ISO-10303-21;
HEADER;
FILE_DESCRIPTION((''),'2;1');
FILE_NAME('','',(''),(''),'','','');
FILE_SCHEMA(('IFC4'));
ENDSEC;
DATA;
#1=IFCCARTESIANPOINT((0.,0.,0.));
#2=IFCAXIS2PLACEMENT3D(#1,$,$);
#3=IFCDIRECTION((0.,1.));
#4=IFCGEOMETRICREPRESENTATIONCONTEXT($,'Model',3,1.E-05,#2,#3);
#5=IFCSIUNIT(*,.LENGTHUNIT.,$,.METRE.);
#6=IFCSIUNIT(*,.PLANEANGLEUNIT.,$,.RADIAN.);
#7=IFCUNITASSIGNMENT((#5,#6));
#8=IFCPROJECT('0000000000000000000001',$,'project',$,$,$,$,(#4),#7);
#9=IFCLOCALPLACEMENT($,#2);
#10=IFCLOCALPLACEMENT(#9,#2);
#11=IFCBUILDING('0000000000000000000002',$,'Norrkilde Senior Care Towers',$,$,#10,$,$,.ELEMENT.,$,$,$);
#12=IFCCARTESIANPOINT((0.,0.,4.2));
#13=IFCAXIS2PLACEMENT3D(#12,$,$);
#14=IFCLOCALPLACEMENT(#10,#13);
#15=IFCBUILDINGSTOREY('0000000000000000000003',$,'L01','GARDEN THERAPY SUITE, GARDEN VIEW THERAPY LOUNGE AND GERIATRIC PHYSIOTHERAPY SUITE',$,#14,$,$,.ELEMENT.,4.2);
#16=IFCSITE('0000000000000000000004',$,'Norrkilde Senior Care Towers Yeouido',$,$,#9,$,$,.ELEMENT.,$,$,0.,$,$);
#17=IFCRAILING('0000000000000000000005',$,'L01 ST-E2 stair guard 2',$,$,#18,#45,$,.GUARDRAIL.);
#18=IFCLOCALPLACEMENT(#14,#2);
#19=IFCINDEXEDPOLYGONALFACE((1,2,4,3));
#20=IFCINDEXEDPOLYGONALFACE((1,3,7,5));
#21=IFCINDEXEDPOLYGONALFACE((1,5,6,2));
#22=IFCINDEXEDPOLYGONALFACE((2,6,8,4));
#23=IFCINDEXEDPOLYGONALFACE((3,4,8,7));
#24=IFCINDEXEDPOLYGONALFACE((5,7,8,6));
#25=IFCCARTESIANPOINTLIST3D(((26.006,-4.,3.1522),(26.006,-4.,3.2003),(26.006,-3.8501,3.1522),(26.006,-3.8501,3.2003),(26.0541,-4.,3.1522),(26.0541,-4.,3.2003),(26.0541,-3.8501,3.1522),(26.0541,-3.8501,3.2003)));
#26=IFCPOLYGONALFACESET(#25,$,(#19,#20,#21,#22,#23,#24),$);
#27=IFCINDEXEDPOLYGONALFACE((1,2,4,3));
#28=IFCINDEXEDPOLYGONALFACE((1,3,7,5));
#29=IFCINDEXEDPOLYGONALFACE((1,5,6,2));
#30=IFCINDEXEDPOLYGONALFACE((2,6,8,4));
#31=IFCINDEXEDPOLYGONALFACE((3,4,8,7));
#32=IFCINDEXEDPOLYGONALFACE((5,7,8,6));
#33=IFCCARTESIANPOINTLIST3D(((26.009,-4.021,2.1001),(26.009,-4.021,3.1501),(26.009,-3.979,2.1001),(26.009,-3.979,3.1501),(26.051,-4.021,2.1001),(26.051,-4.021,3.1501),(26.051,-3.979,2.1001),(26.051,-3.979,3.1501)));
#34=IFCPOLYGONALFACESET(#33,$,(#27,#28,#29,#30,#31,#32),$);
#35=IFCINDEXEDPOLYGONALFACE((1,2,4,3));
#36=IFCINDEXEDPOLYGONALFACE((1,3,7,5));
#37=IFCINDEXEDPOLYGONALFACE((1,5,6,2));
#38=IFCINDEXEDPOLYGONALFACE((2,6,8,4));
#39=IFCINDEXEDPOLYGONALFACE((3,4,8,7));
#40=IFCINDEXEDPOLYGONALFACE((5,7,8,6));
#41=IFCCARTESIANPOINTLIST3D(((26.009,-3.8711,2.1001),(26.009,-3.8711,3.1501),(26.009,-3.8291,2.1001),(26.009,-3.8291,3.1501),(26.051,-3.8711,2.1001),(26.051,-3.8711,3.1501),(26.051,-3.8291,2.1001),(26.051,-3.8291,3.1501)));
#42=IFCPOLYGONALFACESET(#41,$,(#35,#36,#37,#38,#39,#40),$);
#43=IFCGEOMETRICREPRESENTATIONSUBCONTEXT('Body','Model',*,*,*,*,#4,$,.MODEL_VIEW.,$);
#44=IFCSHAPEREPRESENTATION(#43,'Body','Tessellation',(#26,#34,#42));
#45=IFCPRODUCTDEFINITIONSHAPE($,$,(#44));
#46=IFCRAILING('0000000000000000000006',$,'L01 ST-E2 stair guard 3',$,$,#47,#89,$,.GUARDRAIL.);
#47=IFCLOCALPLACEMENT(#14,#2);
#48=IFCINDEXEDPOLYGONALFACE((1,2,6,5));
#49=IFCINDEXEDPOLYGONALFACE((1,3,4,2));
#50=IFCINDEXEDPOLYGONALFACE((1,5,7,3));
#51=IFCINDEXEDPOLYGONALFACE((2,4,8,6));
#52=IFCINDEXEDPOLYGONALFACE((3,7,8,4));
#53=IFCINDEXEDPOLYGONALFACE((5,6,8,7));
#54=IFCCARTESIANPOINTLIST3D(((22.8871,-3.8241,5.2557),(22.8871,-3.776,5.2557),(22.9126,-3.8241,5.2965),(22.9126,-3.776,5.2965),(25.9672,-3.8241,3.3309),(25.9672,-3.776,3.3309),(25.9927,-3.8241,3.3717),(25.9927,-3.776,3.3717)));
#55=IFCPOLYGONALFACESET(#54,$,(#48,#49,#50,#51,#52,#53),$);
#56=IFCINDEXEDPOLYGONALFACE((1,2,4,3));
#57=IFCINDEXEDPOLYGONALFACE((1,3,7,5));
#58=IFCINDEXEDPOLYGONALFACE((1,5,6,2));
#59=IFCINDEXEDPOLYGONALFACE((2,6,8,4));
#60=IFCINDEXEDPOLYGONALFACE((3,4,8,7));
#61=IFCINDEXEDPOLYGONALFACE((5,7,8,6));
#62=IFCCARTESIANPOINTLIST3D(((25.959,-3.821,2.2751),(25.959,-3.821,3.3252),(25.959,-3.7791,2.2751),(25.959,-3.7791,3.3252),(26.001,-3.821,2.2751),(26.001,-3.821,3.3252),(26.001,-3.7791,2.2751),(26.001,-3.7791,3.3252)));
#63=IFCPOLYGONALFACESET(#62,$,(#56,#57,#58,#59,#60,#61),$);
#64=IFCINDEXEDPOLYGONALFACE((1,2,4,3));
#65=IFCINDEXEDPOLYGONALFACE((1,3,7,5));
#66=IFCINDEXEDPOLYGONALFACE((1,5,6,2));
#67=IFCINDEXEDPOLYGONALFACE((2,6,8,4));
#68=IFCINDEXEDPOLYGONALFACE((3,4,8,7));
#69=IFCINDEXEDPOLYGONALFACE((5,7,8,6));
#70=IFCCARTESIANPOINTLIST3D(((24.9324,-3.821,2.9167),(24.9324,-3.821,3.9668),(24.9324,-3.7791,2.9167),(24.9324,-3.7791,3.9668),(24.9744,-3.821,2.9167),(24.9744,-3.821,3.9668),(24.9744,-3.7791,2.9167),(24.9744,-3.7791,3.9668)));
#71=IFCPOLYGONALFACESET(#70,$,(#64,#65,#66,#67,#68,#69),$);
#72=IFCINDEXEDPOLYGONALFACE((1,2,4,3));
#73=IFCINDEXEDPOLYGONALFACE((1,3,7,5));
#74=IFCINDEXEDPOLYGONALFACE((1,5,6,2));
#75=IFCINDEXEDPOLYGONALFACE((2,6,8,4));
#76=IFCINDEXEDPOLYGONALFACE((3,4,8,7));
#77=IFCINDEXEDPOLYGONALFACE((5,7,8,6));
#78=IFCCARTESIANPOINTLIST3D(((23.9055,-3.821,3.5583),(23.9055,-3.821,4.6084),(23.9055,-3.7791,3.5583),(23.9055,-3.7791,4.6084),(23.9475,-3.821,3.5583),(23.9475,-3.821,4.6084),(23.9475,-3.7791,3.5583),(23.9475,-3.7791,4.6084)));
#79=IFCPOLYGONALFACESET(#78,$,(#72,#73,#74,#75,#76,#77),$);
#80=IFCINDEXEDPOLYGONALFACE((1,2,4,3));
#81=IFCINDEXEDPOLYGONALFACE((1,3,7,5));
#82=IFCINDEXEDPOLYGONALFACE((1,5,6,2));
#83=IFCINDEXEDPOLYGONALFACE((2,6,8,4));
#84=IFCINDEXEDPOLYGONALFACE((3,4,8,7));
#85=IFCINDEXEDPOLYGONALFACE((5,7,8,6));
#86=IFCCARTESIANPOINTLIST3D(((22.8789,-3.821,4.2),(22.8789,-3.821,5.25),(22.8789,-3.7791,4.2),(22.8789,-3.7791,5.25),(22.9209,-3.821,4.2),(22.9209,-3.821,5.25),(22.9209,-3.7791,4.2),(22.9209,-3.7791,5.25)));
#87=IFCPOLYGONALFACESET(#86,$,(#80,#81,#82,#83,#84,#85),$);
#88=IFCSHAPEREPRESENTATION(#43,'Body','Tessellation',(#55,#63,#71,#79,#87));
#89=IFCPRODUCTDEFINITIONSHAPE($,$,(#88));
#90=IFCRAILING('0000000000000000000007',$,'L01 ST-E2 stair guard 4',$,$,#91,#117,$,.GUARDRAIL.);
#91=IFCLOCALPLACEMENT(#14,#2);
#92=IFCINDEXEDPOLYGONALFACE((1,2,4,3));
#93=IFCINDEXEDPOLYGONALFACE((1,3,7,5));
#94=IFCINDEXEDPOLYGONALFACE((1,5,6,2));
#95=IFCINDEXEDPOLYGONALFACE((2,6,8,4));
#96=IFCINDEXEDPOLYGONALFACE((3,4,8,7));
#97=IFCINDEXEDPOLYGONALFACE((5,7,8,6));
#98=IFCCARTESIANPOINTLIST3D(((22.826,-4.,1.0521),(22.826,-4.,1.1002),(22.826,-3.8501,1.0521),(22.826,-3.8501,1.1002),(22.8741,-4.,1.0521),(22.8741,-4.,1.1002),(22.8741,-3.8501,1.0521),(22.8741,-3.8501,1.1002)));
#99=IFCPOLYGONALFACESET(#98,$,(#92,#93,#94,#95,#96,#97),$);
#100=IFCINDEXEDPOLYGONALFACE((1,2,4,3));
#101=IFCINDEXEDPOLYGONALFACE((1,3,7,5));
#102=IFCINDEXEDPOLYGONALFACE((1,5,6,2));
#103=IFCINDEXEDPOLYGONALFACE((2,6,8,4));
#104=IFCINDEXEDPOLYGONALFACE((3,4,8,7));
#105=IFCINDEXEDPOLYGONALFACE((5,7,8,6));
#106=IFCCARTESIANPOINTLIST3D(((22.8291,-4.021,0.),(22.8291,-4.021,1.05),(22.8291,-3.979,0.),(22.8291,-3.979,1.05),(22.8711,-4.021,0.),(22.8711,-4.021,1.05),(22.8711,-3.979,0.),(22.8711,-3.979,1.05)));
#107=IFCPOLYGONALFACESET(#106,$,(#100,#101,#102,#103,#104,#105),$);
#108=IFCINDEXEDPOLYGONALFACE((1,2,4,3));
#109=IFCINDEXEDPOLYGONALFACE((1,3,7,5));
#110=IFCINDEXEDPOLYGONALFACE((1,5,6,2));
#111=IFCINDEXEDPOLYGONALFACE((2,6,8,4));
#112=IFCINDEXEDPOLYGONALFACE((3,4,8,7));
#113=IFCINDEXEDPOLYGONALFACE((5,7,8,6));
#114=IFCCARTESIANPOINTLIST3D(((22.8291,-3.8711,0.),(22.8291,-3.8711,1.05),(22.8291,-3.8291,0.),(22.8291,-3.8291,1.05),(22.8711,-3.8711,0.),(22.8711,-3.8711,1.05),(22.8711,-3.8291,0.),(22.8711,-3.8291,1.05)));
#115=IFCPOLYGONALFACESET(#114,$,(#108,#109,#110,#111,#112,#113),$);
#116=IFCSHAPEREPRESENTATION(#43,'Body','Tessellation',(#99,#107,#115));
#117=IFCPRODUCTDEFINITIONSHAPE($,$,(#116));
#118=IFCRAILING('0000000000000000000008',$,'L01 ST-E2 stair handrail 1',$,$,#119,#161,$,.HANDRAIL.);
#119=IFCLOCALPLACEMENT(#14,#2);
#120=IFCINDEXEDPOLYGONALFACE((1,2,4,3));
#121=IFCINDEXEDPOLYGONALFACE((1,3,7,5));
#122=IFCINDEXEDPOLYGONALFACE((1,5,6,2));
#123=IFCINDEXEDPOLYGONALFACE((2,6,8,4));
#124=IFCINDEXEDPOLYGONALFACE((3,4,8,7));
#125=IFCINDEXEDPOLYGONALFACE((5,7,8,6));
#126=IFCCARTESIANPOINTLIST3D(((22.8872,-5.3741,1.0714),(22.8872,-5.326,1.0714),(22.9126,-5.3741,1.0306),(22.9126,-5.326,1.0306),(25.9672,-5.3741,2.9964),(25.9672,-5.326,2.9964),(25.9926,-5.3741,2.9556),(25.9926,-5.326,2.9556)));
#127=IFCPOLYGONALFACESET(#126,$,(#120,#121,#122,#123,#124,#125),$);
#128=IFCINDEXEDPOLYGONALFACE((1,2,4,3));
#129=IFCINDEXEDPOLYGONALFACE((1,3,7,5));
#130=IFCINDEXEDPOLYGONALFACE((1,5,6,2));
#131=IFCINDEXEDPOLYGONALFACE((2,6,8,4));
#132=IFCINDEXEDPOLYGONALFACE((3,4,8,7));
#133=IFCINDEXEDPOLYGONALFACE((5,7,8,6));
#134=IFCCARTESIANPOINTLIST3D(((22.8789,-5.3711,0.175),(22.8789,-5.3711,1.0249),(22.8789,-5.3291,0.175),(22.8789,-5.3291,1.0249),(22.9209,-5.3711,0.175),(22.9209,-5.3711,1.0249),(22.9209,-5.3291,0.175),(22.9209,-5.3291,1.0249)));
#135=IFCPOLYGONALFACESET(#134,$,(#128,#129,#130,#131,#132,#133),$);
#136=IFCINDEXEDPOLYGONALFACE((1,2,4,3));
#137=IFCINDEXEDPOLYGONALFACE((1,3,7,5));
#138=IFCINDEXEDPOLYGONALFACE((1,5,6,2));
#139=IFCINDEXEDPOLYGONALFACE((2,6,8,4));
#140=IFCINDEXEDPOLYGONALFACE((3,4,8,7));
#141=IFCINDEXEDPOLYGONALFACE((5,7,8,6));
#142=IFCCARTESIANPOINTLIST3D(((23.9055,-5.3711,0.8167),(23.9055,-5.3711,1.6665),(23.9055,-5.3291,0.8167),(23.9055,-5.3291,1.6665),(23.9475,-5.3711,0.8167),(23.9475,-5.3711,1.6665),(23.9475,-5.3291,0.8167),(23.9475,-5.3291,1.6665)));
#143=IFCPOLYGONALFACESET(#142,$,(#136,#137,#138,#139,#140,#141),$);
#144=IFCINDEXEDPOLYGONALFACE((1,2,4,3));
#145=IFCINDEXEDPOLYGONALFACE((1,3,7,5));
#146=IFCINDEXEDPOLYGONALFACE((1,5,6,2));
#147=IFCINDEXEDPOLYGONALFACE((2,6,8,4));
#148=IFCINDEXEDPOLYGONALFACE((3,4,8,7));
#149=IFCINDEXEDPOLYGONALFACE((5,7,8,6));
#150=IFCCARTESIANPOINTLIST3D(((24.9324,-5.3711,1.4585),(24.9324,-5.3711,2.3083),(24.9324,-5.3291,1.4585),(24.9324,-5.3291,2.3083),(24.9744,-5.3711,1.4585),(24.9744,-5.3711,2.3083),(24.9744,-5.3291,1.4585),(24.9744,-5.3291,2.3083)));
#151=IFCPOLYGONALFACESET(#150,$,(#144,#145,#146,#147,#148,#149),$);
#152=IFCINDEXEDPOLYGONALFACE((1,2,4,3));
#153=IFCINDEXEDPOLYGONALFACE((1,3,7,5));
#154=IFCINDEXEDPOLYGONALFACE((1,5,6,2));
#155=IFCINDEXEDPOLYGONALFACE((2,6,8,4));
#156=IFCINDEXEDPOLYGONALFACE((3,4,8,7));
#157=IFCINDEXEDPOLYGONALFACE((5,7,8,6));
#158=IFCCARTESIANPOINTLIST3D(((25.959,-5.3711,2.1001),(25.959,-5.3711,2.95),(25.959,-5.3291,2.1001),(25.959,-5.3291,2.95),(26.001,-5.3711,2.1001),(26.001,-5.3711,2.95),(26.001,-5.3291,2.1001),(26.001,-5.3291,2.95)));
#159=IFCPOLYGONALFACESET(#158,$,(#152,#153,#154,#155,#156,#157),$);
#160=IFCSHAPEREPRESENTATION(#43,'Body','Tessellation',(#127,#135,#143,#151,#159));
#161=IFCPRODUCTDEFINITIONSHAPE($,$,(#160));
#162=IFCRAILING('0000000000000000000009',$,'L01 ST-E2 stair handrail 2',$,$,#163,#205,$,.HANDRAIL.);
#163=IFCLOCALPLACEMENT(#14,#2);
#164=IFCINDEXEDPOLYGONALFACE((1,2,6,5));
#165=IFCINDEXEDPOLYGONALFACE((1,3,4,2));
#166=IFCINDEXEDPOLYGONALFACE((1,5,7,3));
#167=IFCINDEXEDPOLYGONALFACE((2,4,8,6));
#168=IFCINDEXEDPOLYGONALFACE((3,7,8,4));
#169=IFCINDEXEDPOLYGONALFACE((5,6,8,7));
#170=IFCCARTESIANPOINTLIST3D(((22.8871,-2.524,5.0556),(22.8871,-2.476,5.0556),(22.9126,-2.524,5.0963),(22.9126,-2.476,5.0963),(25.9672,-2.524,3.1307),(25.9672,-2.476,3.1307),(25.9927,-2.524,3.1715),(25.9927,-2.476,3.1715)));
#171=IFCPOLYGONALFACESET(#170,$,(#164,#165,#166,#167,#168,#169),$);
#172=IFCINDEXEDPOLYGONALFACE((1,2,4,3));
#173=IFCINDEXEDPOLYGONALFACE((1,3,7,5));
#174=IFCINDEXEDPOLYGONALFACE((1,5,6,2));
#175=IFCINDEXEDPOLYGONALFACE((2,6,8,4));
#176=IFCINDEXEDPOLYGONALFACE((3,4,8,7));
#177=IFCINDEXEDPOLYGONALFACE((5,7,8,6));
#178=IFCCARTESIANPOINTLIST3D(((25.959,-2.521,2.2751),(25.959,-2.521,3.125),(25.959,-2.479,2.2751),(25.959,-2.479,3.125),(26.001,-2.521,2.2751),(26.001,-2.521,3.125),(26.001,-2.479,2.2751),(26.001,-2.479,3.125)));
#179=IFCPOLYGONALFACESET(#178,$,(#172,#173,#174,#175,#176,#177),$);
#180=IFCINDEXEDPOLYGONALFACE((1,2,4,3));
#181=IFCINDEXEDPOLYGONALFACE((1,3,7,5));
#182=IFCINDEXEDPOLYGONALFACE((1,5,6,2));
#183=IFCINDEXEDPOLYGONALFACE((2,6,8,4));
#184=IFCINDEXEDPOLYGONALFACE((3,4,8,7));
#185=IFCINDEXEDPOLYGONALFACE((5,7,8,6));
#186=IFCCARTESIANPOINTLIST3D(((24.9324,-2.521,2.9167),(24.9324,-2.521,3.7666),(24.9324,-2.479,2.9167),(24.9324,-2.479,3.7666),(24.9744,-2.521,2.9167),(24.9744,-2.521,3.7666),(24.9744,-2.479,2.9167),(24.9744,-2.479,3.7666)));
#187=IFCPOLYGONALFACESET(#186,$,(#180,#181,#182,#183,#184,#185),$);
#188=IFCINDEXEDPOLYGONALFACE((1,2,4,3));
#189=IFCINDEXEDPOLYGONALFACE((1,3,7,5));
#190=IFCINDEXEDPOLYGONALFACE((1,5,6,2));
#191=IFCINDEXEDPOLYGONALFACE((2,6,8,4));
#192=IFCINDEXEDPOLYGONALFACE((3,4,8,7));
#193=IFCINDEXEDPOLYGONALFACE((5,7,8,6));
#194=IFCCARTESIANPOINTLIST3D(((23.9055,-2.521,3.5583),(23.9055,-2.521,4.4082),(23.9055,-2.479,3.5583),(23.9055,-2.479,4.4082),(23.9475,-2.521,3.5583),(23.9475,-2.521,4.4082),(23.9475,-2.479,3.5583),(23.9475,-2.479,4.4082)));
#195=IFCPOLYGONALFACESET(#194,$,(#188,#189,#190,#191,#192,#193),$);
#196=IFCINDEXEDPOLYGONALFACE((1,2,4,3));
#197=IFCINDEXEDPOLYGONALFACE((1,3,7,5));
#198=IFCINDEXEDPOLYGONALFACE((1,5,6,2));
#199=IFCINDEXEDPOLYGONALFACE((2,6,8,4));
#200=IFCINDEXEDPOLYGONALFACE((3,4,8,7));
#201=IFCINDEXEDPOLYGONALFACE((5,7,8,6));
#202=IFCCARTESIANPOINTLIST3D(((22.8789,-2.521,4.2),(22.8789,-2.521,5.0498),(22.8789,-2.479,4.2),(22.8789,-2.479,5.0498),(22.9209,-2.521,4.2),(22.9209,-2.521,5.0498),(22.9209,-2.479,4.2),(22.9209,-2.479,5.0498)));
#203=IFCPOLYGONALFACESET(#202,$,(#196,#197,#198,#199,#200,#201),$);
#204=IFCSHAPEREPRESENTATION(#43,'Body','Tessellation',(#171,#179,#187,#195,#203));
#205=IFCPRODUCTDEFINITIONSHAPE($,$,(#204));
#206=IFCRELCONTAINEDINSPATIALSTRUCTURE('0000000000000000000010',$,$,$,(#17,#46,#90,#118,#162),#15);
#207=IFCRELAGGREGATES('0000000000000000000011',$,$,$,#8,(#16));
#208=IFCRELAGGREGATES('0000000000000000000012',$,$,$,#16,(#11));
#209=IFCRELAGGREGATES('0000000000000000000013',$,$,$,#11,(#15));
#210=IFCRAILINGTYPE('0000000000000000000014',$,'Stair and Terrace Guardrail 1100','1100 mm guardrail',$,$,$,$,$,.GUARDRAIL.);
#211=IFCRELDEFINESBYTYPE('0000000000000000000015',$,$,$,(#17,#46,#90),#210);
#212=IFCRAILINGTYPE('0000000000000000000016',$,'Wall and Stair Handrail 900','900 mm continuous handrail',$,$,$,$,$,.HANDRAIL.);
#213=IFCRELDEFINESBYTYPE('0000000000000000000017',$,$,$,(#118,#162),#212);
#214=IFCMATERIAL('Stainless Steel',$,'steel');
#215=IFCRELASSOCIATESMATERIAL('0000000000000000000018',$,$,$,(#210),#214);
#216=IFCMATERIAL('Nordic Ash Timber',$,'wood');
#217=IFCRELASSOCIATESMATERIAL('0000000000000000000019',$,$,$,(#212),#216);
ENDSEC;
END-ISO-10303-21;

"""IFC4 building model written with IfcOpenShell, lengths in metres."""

from ifc_helpers import new_model, si_unit, direction, frame, origin, origin_2d, place, context, subcontext, project, spatial, rectangle, extrude, material, type_object, element, save


model = new_model("IFC4")

# Units and contexts
model_context = context("Model", 3, precision=1e-05, world=origin(), true_north=direction((0.0, 1.0)))
body_context = subcontext(model_context, "Body", "Model", "MODEL_VIEW")
ifc_project = project(units=[si_unit("LENGTHUNIT", "METRE"), si_unit("PLANEANGLEUNIT", "RADIAN")], contexts=[model_context])

# Site, building, storey
site_placement = place(None, origin())
site = spatial("IfcSite", under=ifc_project, at=site_placement, Name="Norrkilde Senior Care Towers Yeouido", CompositionType="ELEMENT", RefElevation=0.0)
building_placement = place(site_placement, origin())
building = spatial("IfcBuilding", under=site, at=building_placement, Name="Norrkilde Senior Care Towers", CompositionType="ELEMENT")
storey_placement = place(building_placement, frame((0.0, 0.0, 4.2)))
storey = spatial("IfcBuildingStorey", under=building, at=storey_placement, Name="L01", Description="GARDEN THERAPY SUITE, GARDEN VIEW THERAPY LOUNGE AND GERIATRIC PHYSIOTHERAPY SUITE", CompositionType="ELEMENT", Elevation=4.2)

# Railings
ifc_material_1 = material(Name="Stainless Steel", Category="steel")
railing_type_1 = type_object("IfcRailingType", Name="Stair and Terrace Guardrail 1100", Description="1100 mm guardrail", PredefinedType="GUARDRAIL", material=ifc_material_1)
railing_1_placement = place(storey_placement, frame((26.03, -4.0, 2.1001)))
element("IfcRailing", 1, at=railing_1_placement, inside=storey, type_object=railing_type_1, Name="L01 ST-E2 stair guard 2", PredefinedType="GUARDRAIL", context=body_context, shape_type="SweptSolid", body=[
    extrude(rectangle(XDim=0.0481, YDim=0.0481, at=origin_2d()), frame((0.0, 0.0, 1.0762), z_axis=(0.0, 1.0, 0.0), x_axis=(-1.0, 0.0, 0.0)), (0.0, 0.0, 1.0), 0.1499),
    extrude(rectangle(XDim=0.042, YDim=0.042, at=origin_2d()), origin(), (0.0, 0.0, 1.0), 1.05),
    extrude(rectangle(XDim=0.042, YDim=0.042, at=origin_2d()), frame((0.0, 0.1499, 0.0)), (0.0, 0.0, 1.0), 1.05),
])
railing_2_placement = place(storey_placement, frame((25.98, -3.8, 2.2751)))
element("IfcRailing", 2, at=railing_2_placement, inside=storey, type_object=railing_type_1, Name="L01 ST-E2 stair guard 3", PredefinedType="GUARDRAIL", context=body_context, shape_type="SweptSolid", body=[
    extrude(rectangle(XDim=0.0481, YDim=0.0481, at=origin_2d()), frame((0.0, 0.0, 1.0762), z_axis=(-0.848029, 0.0, 0.529951), x_axis=(0.0, -1.0, 0.0)), (0.0, 0.0, 1.0), 3.6321),
    extrude(rectangle(XDim=0.042, YDim=0.042, at=origin_2d()), origin(), (0.0, 0.0, 1.0), 1.05),
    extrude(rectangle(XDim=0.042, YDim=0.042, at=origin_2d()), frame((-1.0266, 0.0, 0.6416)), (0.0, 0.0, 1.0), 1.05),
    extrude(rectangle(XDim=0.042, YDim=0.042, at=origin_2d()), frame((-2.0535, 0.0, 1.2832)), (0.0, 0.0, 1.0), 1.05),
    extrude(rectangle(XDim=0.042, YDim=0.042, at=origin_2d()), frame((-3.0801, 0.0, 1.9248)), (0.0, 0.0, 1.0), 1.05),
])
railing_3_placement = place(storey_placement, frame((22.8501, -4.0, 0.0)))
element("IfcRailing", 3, at=railing_3_placement, inside=storey, type_object=railing_type_1, Name="L01 ST-E2 stair guard 4", PredefinedType="GUARDRAIL", context=body_context, shape_type="SweptSolid", body=[
    extrude(rectangle(XDim=0.0481, YDim=0.0481, at=origin_2d()), frame((0.0, 0.0, 1.0762), z_axis=(0.0, 1.0, 0.0), x_axis=(-1.0, 0.0, 0.0)), (0.0, 0.0, 1.0), 0.1499),
    extrude(rectangle(XDim=0.042, YDim=0.042, at=origin_2d()), origin(), (0.0, 0.0, 1.0), 1.05),
    extrude(rectangle(XDim=0.042, YDim=0.042, at=origin_2d()), frame((0.0, 0.1499, 0.0)), (0.0, 0.0, 1.0), 1.05),
])
ifc_material_2 = material(Name="Nordic Ash Timber", Category="wood")
railing_type_2 = type_object("IfcRailingType", Name="Wall and Stair Handrail 900", Description="900 mm continuous handrail", PredefinedType="HANDRAIL", material=ifc_material_2)
railing_4_placement = place(storey_placement, frame((22.8999, -5.3501, 0.175)))
element("IfcRailing", 4, at=railing_4_placement, inside=storey, type_object=railing_type_2, Name="L01 ST-E2 stair handrail 1", PredefinedType="HANDRAIL", context=body_context, shape_type="SweptSolid", body=[
    extrude(rectangle(XDim=0.0481, YDim=0.0481, at=origin_2d()), frame((0.0, 0.0, 0.876), z_axis=(0.847998, 0.0, 0.529999), x_axis=(0.0, 1.0, 0.0)), (0.0, 0.0, 1.0), 3.6321),
    extrude(rectangle(XDim=0.042, YDim=0.042, at=origin_2d()), origin(), (0.0, 0.0, 1.0), 0.8499),
    extrude(rectangle(XDim=0.042, YDim=0.042, at=origin_2d()), frame((1.0266, 0.0, 0.6416)), (0.0, 0.0, 1.0), 0.8499),
    extrude(rectangle(XDim=0.042, YDim=0.042, at=origin_2d()), frame((2.0535, 0.0, 1.2834)), (0.0, 0.0, 1.0), 0.8499),
    extrude(rectangle(XDim=0.042, YDim=0.042, at=origin_2d()), frame((3.0801, 0.0, 1.925)), (0.0, 0.0, 1.0), 0.8499),
])
railing_5_placement = place(storey_placement, frame((25.98, -2.5, 2.2751)))
element("IfcRailing", 5, at=railing_5_placement, inside=storey, type_object=railing_type_2, Name="L01 ST-E2 stair handrail 2", PredefinedType="HANDRAIL", context=body_context, shape_type="SweptSolid", body=[
    extrude(rectangle(XDim=0.0481, YDim=0.0481, at=origin_2d()), frame((0.0, 0.0, 0.876), z_axis=(-0.848029, 0.0, 0.529951), x_axis=(0.0, -1.0, 0.0)), (0.0, 0.0, 1.0), 3.6321),
    extrude(rectangle(XDim=0.042, YDim=0.042, at=origin_2d()), origin(), (0.0, 0.0, 1.0), 0.8499),
    extrude(rectangle(XDim=0.042, YDim=0.042, at=origin_2d()), frame((-1.0266, 0.0, 0.6416)), (0.0, 0.0, 1.0), 0.8499),
    extrude(rectangle(XDim=0.042, YDim=0.042, at=origin_2d()), frame((-2.0535, 0.0, 1.2832)), (0.0, 0.0, 1.0), 0.8499),
    extrude(rectangle(XDim=0.042, YDim=0.042, at=origin_2d()), frame((-3.0801, 0.0, 1.9248)), (0.0, 0.0, 1.0), 0.8499),
])

save(model, "model.ifc")
